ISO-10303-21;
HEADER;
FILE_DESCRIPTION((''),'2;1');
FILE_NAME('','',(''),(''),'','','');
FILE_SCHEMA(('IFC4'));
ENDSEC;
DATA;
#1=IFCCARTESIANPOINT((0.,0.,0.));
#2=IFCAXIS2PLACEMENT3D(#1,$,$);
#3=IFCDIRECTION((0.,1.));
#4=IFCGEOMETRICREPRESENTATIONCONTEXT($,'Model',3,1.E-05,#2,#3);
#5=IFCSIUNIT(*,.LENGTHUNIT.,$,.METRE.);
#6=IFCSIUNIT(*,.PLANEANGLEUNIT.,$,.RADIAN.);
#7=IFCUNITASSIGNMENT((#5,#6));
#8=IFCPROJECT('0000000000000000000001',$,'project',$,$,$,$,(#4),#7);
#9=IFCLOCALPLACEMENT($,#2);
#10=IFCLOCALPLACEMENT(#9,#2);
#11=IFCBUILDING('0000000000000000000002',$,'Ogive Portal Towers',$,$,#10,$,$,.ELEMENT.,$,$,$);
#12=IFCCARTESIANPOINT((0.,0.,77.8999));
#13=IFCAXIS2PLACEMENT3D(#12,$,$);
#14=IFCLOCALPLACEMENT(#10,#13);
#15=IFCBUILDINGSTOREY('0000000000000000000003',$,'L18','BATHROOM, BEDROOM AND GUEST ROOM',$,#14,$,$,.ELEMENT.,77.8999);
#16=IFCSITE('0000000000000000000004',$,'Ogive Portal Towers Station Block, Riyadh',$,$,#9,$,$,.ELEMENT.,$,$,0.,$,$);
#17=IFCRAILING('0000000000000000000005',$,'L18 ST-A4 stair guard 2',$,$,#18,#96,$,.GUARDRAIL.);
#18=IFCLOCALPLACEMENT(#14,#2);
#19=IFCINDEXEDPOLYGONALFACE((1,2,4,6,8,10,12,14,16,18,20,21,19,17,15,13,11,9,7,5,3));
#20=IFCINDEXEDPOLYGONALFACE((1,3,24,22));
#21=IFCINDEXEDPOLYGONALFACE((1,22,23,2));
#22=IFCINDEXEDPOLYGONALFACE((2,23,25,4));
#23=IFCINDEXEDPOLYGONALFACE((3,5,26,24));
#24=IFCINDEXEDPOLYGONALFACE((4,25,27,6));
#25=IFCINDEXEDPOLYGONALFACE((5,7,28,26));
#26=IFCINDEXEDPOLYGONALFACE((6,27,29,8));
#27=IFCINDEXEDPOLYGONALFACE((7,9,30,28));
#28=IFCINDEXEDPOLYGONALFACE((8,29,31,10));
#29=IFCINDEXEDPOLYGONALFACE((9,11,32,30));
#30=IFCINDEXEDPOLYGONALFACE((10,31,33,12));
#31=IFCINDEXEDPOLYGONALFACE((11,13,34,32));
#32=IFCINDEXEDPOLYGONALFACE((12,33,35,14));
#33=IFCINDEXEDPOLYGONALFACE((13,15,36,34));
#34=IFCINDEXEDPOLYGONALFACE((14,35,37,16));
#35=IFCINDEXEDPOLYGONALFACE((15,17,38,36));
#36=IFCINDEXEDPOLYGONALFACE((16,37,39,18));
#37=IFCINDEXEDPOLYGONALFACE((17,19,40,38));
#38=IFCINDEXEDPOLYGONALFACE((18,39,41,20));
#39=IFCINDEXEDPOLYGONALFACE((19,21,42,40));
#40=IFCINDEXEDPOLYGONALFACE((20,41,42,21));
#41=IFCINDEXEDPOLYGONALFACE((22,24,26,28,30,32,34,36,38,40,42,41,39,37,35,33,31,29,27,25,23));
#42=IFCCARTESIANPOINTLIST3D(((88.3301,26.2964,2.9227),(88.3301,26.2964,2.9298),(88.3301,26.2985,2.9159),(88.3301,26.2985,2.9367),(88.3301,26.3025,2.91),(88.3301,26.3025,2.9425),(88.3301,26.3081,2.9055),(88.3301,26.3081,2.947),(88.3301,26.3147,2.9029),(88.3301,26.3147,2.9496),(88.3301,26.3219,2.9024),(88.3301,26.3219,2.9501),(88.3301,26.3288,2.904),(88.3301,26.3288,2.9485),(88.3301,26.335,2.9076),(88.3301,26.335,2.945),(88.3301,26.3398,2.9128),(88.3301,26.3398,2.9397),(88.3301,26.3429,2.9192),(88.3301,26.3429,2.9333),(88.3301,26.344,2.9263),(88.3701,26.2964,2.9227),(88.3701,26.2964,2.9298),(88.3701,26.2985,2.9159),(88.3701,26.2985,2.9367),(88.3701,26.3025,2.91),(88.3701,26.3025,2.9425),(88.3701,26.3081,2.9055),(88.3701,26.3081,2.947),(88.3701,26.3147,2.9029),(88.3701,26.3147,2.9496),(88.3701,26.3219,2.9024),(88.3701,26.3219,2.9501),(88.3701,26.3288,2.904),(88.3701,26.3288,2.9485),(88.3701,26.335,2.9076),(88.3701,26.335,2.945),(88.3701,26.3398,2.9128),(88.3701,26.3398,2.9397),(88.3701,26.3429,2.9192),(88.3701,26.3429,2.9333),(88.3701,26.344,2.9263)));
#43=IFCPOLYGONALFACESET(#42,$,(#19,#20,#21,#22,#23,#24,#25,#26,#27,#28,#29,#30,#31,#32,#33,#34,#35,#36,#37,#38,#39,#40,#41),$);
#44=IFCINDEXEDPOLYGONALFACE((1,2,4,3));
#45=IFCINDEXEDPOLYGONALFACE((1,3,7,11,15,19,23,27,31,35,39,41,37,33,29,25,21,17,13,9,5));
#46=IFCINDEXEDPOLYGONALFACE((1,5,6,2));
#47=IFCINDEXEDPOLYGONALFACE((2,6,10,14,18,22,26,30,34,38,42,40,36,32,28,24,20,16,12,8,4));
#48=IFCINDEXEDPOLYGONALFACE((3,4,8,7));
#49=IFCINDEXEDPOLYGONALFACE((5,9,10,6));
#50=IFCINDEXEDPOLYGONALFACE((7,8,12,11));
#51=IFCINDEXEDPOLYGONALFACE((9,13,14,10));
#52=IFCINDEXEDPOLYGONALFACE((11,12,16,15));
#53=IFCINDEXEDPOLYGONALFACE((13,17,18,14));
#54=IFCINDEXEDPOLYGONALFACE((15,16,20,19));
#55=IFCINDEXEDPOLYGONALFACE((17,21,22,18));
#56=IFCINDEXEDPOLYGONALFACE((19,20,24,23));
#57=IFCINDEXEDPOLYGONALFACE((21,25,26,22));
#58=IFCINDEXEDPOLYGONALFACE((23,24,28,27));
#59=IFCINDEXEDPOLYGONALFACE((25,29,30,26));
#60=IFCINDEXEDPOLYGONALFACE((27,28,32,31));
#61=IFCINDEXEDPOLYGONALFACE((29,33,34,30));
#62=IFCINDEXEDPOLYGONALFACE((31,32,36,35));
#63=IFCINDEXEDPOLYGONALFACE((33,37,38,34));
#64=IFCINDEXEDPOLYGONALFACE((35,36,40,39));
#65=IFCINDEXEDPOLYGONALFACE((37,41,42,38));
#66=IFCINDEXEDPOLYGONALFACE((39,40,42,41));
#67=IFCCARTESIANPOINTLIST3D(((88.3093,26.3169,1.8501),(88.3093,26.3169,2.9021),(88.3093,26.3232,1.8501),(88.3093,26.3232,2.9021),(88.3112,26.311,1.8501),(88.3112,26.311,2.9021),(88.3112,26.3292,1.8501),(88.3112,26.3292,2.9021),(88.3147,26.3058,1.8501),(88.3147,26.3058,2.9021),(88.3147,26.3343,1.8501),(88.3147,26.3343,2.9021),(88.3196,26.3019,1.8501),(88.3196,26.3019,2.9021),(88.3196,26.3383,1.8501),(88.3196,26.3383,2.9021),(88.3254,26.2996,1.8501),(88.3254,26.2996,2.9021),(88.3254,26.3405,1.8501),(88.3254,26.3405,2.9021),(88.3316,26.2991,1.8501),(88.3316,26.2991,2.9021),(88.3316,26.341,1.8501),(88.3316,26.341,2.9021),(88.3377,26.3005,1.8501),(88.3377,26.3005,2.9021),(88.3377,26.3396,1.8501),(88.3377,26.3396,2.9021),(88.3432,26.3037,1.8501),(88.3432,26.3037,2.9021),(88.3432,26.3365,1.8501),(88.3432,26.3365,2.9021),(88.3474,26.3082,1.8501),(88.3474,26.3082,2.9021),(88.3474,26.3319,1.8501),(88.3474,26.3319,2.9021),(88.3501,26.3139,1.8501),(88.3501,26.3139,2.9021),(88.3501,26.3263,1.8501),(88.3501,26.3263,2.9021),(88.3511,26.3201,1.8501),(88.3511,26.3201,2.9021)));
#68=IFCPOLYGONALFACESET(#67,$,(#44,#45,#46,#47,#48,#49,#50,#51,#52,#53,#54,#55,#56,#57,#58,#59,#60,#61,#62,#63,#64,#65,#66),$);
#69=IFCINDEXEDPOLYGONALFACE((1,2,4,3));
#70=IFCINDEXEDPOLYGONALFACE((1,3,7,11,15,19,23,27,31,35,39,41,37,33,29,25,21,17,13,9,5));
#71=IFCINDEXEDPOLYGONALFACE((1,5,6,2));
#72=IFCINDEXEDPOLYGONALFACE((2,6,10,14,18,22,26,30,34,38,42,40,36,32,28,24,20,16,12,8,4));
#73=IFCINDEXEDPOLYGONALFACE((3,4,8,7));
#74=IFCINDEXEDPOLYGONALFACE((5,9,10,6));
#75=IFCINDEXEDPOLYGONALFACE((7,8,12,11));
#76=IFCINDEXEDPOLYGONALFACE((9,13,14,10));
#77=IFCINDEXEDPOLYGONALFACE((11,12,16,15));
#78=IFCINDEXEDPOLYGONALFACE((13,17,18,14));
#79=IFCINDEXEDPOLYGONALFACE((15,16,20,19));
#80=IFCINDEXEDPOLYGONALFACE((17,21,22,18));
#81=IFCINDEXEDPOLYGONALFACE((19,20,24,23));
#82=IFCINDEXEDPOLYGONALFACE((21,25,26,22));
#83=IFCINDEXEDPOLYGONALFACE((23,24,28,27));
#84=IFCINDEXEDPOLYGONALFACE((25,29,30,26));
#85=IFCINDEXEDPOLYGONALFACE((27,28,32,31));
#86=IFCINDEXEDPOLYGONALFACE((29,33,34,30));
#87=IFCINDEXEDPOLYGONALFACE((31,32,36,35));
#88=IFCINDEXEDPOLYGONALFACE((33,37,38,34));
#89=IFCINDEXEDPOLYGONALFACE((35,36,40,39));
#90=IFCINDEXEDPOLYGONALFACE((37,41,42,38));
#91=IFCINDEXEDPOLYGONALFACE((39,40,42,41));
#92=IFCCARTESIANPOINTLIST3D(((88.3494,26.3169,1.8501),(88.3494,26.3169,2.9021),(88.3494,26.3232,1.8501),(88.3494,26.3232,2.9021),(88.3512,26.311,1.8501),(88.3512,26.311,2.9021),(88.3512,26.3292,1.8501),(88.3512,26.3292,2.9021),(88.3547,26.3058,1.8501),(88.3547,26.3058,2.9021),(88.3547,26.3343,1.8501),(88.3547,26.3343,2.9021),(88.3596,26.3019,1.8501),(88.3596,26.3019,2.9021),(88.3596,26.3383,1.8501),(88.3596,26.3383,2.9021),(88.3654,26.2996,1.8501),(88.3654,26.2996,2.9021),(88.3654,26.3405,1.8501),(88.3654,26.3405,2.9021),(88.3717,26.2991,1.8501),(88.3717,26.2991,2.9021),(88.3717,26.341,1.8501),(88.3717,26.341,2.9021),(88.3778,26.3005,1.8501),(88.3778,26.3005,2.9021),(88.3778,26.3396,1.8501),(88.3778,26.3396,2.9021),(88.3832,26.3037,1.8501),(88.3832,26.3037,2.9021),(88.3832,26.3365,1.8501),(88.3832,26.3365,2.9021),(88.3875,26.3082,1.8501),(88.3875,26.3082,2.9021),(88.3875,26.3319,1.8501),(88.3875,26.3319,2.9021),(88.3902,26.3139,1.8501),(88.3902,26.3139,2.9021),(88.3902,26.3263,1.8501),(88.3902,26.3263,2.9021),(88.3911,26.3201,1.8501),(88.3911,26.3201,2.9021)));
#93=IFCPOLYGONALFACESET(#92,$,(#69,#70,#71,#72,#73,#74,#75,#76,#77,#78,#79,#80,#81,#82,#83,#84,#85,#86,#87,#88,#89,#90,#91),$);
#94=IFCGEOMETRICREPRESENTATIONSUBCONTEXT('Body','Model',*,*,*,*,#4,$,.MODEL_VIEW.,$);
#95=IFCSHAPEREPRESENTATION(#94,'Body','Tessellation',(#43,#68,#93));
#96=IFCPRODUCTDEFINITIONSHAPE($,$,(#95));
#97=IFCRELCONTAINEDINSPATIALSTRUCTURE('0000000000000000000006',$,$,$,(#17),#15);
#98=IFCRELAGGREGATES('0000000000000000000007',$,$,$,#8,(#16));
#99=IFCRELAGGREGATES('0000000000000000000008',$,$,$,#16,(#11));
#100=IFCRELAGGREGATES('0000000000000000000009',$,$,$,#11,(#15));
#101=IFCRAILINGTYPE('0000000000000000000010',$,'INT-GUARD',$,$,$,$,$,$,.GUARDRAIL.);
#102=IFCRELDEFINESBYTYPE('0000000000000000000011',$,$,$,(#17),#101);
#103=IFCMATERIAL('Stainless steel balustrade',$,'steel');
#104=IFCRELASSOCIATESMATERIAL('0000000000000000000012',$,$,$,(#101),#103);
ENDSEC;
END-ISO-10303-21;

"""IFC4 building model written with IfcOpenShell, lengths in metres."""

from ifc_helpers import new_model, si_unit, direction, frame, origin, origin_2d, place, context, subcontext, project, spatial, circle, extrude, material, type_object, element, save


model = new_model("IFC4")

# Units and contexts
model_context = context("Model", 3, precision=1e-05, world=origin(), true_north=direction((0.0, 1.0)))
body_context = subcontext(model_context, "Body", "Model", "MODEL_VIEW")
ifc_project = project(units=[si_unit("LENGTHUNIT", "METRE"), si_unit("PLANEANGLEUNIT", "RADIAN")], contexts=[model_context])

# Site, building, storey
site_placement = place(None, origin())
site = spatial("IfcSite", under=ifc_project, at=site_placement, Name="Ogive Portal Towers Station Block, Riyadh", CompositionType="ELEMENT", RefElevation=0.0)
building_placement = place(site_placement, origin())
building = spatial("IfcBuilding", under=site, at=building_placement, Name="Ogive Portal Towers", CompositionType="ELEMENT")
storey_placement = place(building_placement, frame((0.0, 0.0, 77.8999)))
storey = spatial("IfcBuildingStorey", under=building, at=storey_placement, Name="L18", Description="BATHROOM, BEDROOM AND GUEST ROOM", CompositionType="ELEMENT", Elevation=77.8999)

# Railing
ifc_material_1 = material(Name="Stainless steel balustrade", Category="steel")
railing_type_1 = type_object("IfcRailingType", Name="INT-GUARD", PredefinedType="GUARDRAIL", material=ifc_material_1)
railing_1_placement = place(storey_placement, frame((88.3301, 26.3201, 1.8501)))
element("IfcRailing", 1, at=railing_1_placement, inside=storey, type_object=railing_type_1, Name="L18 ST-A4 stair guard 2", PredefinedType="GUARDRAIL", context=body_context, shape_type="SweptSolid", body=[
    extrude(circle(Radius=0.0239, at=origin_2d()), frame((0.0, 0.0, 1.0762), z_axis=(1.0, 0.0, 0.0), x_axis=(0.0, 1.0, 0.0)), (0.0, 0.0, 1.0), 0.04),
    extrude(circle(Radius=0.021, at=origin_2d()), origin(), (0.0, 0.0, 1.0), 1.052),
    extrude(circle(Radius=0.021, at=origin_2d()), frame((0.04, 0.0, 0.0)), (0.0, 0.0, 1.0), 1.052),
])

save(model, "model.ifc")
